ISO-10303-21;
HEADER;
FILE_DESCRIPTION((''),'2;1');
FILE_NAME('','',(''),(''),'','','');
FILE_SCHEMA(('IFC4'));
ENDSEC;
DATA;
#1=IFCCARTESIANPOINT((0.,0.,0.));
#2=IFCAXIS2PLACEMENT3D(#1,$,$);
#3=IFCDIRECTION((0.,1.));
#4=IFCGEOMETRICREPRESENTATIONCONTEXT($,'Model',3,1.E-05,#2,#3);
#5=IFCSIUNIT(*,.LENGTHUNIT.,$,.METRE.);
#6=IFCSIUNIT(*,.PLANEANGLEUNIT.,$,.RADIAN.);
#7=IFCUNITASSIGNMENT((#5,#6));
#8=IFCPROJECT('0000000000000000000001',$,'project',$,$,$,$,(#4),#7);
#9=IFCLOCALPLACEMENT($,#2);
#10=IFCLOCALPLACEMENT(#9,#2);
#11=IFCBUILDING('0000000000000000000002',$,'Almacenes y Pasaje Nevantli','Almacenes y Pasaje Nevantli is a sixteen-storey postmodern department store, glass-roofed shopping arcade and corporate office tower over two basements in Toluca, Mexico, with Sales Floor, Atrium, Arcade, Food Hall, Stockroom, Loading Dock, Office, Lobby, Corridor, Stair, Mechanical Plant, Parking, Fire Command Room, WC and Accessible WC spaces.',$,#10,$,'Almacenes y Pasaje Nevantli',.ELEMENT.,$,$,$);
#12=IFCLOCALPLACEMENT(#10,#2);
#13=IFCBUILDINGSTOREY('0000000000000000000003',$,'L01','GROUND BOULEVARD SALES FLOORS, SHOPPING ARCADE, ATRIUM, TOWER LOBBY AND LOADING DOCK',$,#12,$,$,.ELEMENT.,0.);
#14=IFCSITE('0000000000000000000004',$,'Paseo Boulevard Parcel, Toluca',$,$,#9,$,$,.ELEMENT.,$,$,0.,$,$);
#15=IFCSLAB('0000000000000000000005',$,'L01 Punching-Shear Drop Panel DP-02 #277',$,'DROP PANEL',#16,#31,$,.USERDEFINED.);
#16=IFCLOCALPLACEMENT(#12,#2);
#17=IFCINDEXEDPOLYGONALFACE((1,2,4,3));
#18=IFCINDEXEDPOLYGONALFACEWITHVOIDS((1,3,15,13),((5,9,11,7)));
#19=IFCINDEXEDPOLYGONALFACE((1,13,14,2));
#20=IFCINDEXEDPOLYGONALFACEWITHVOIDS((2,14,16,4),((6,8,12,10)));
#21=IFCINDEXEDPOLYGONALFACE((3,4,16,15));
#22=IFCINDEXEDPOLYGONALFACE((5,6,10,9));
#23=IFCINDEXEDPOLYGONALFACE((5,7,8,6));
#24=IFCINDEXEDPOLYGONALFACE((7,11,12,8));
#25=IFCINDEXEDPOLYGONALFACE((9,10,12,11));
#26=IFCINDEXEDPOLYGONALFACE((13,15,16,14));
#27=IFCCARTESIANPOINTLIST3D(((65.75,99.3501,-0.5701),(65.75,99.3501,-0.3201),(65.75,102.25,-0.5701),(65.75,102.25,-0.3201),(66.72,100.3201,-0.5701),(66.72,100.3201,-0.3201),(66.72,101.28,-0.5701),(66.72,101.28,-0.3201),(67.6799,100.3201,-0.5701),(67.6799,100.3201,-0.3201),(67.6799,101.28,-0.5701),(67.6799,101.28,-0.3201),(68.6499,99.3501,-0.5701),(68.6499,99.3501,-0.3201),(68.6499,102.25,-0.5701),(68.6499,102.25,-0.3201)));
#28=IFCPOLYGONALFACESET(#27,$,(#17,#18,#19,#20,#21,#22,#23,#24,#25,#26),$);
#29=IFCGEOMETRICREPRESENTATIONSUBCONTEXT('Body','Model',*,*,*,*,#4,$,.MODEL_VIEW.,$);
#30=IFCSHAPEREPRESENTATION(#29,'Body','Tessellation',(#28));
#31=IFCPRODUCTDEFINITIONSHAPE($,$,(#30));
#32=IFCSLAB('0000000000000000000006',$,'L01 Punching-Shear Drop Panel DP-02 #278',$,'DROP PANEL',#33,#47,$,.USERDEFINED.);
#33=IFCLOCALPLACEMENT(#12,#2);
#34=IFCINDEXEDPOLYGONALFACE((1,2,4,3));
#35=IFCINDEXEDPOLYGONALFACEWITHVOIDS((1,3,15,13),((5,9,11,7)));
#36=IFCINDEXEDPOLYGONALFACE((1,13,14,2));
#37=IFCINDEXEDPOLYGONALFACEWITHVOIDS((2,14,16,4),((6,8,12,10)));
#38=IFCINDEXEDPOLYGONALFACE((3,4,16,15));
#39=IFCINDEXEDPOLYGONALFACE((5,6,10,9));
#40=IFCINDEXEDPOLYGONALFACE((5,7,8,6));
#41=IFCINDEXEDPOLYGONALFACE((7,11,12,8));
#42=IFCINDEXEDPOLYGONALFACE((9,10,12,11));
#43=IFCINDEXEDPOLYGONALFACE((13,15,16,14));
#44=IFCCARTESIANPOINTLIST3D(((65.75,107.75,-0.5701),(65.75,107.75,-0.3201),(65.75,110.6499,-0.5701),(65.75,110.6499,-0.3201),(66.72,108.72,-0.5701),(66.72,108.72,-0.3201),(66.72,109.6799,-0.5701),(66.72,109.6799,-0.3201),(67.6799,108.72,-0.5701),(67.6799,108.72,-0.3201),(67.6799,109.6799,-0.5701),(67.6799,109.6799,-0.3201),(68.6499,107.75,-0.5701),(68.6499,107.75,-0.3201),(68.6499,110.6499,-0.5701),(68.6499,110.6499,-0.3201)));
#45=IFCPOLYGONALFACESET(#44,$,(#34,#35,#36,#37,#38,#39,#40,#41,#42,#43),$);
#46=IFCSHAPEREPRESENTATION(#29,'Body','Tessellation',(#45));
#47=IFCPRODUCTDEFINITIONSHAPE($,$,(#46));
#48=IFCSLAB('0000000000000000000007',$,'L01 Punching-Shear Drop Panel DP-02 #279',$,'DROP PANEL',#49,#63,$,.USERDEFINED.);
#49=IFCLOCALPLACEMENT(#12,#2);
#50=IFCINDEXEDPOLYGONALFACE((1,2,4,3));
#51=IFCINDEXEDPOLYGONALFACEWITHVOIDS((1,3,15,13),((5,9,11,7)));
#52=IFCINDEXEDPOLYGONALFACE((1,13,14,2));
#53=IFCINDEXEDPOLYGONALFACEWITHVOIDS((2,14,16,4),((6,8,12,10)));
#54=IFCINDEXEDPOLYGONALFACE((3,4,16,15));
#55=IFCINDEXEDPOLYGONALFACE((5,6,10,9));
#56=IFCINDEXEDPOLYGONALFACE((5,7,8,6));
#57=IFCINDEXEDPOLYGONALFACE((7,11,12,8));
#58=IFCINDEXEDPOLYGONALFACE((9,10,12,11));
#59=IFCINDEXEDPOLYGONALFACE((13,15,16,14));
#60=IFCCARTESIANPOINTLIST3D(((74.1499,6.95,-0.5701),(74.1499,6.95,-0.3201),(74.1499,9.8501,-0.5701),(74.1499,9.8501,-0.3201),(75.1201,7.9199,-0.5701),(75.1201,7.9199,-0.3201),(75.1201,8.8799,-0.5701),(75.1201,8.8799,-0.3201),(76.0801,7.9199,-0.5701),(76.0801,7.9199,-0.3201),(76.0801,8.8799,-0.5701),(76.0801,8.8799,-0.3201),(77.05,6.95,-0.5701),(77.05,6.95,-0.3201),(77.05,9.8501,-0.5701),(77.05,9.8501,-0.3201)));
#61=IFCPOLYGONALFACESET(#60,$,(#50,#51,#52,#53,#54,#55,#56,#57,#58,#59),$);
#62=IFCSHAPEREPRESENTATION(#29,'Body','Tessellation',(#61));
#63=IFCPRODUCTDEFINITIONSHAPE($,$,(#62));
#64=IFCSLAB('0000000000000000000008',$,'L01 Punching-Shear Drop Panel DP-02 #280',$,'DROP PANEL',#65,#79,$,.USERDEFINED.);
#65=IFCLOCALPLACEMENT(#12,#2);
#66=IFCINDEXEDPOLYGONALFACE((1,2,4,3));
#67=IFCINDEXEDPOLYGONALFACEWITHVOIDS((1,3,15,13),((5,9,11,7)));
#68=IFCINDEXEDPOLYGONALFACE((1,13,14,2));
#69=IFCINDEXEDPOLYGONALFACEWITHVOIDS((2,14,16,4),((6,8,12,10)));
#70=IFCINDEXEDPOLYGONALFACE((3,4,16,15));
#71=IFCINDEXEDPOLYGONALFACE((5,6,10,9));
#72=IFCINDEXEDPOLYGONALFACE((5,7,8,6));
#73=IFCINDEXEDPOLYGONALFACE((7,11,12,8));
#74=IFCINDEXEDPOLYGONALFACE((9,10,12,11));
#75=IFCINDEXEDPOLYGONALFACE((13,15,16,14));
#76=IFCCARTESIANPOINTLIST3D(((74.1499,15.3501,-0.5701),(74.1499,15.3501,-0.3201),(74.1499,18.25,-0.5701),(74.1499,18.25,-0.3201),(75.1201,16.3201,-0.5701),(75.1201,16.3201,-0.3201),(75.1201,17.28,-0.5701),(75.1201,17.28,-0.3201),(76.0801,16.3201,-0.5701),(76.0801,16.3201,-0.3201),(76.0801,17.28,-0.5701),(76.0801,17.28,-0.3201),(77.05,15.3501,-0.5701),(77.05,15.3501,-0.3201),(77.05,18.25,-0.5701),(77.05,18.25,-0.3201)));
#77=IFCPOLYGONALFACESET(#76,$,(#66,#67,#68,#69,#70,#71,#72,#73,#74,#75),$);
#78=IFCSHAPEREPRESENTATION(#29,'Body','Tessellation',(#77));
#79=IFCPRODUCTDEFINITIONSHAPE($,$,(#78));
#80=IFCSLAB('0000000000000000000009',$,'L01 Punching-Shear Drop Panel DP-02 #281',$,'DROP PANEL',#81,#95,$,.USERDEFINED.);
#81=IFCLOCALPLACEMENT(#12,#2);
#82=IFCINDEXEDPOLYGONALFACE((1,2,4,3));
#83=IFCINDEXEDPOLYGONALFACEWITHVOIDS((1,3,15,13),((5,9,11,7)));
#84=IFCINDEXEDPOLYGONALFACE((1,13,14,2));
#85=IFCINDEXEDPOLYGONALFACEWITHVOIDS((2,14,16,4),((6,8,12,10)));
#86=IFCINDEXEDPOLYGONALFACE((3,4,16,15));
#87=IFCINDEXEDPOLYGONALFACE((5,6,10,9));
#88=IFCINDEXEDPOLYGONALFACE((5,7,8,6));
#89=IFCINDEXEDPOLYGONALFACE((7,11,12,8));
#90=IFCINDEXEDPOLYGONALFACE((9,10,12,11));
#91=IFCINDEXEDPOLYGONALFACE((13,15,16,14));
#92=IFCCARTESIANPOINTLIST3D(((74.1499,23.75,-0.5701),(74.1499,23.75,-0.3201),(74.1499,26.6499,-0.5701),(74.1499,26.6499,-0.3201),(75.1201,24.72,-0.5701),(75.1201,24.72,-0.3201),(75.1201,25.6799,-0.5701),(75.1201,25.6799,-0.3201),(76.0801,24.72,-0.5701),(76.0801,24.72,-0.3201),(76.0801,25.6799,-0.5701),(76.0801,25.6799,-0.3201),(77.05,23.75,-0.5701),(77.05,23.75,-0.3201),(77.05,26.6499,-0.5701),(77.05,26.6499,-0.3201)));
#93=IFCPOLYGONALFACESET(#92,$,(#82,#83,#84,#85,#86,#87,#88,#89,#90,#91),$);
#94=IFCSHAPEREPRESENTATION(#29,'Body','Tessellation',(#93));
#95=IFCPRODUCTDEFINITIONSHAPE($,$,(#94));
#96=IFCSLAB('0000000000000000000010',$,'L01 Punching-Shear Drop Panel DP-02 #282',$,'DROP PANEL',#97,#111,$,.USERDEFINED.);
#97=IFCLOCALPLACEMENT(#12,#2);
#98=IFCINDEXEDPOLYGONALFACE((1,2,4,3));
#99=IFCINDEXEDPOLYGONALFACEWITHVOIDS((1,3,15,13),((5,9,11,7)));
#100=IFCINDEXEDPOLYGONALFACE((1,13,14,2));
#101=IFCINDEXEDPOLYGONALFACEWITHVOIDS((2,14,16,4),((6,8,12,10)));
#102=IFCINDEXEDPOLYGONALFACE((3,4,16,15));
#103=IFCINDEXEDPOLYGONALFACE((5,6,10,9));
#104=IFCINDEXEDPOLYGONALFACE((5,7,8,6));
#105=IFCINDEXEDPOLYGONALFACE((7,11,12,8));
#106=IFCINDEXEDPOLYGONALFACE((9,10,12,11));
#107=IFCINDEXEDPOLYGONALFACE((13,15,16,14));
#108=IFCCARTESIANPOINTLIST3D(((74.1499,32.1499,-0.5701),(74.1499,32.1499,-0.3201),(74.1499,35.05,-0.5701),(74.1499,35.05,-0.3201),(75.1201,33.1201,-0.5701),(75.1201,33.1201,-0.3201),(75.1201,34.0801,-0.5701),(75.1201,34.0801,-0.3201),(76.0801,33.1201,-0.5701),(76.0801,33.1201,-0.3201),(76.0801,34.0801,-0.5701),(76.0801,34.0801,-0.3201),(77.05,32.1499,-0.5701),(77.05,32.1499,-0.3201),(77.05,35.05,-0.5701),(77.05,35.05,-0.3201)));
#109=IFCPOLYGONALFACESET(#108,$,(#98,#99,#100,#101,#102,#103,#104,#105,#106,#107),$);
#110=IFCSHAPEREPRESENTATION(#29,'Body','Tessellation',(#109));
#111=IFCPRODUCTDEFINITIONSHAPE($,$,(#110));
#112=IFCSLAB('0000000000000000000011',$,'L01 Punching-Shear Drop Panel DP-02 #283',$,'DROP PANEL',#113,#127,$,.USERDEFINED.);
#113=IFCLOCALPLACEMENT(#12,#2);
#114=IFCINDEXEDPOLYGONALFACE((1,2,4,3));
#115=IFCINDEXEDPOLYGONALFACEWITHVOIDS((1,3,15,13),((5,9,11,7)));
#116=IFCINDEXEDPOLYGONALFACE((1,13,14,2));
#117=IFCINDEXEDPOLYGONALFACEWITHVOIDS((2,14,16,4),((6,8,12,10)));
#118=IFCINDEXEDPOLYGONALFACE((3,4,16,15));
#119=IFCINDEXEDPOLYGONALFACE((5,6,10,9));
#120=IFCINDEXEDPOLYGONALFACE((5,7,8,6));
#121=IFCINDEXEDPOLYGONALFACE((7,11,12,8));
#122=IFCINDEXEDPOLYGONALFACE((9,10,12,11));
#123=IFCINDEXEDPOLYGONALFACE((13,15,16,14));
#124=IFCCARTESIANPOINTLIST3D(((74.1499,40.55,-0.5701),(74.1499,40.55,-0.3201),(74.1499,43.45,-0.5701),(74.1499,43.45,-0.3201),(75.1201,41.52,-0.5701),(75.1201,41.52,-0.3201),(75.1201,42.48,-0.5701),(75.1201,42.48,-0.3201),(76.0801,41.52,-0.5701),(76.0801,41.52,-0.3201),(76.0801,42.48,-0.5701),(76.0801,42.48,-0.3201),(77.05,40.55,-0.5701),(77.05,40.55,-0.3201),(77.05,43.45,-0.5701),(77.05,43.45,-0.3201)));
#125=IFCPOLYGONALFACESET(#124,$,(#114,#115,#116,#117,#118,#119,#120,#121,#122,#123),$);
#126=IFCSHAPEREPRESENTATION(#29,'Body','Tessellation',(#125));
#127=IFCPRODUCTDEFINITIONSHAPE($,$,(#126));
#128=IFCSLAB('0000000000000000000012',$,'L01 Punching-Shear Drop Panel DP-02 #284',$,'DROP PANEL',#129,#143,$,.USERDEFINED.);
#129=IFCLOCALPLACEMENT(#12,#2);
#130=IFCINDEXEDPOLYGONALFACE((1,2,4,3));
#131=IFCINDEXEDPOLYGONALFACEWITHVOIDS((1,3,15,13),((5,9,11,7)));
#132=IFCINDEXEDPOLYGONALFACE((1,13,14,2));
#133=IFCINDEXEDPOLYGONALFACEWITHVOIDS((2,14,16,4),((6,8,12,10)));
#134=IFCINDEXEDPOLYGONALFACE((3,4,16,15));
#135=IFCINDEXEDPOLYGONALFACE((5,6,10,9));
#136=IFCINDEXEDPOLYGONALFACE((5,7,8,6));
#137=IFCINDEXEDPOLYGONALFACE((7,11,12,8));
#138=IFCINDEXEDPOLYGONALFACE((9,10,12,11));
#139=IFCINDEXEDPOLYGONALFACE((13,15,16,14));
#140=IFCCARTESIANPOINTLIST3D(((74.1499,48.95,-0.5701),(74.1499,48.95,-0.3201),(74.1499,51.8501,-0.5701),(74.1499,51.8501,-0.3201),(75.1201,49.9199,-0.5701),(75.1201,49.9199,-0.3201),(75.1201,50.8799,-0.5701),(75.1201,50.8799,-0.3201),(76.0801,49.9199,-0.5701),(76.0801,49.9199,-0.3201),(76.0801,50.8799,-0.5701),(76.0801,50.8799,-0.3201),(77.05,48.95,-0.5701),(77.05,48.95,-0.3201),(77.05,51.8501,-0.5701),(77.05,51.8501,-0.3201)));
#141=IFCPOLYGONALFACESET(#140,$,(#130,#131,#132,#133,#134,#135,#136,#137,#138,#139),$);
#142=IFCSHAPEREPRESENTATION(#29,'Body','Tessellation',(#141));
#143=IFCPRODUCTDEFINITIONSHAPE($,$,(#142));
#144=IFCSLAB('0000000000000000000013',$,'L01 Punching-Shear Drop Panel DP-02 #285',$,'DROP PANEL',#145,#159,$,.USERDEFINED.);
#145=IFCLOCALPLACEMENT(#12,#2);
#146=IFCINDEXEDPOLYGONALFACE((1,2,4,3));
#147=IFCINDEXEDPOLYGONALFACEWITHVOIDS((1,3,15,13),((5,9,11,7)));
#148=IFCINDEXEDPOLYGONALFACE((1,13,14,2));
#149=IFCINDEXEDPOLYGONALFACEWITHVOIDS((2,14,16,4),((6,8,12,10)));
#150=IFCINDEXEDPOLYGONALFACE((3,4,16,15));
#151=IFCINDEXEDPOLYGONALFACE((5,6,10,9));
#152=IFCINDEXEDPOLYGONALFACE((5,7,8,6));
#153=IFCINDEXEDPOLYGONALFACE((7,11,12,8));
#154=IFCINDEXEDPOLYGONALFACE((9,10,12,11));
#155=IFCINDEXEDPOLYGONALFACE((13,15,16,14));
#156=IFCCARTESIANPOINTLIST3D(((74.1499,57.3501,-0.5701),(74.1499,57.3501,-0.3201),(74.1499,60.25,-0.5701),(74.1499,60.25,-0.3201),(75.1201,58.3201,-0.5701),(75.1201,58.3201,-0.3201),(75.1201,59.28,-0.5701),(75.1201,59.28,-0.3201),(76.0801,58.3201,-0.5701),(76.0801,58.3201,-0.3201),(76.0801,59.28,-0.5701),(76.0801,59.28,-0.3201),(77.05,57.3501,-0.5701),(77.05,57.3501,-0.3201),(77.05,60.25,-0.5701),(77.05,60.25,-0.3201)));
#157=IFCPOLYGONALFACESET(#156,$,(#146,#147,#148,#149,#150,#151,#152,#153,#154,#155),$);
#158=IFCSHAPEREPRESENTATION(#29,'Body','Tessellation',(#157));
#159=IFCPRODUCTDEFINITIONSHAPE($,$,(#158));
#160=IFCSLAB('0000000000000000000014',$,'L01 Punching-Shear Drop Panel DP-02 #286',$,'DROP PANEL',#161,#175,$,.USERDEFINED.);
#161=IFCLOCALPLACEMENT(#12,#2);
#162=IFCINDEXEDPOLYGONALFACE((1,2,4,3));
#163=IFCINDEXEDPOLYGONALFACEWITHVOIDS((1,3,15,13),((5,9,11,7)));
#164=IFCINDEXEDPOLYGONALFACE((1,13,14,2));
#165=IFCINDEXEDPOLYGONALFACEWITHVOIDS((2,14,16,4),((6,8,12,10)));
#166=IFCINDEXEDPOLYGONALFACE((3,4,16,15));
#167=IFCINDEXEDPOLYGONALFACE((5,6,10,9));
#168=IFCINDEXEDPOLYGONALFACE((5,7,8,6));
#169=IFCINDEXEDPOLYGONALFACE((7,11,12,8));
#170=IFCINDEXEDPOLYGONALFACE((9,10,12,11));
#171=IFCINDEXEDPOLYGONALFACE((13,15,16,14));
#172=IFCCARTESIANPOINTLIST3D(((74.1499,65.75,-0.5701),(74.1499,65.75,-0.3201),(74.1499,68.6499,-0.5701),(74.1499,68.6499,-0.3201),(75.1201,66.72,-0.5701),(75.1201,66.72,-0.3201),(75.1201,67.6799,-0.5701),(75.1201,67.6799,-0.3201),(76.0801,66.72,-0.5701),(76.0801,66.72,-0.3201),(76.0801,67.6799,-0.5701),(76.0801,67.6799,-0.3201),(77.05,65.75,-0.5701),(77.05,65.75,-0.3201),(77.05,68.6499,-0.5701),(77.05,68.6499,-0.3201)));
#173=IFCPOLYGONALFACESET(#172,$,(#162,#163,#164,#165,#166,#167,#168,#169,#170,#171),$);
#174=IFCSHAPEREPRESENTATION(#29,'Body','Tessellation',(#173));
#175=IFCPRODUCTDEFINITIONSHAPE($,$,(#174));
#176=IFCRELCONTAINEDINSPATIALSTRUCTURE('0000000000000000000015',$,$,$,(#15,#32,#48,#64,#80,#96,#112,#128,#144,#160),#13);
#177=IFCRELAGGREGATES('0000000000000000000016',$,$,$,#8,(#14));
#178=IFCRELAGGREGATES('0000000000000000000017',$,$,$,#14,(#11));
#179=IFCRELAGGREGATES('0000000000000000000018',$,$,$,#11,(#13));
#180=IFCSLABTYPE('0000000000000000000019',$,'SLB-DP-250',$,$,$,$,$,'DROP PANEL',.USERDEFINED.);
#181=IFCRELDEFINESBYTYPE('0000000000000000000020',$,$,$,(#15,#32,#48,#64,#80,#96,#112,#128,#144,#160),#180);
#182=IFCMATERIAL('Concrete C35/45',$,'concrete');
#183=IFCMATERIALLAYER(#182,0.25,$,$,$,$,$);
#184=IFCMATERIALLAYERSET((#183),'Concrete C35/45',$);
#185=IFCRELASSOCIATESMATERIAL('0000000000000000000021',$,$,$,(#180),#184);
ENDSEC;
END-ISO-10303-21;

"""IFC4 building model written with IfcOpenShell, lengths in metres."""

from ifc_helpers import new_model, si_unit, direction, frame, origin, place, context, subcontext, project, spatial, polyline, outline, extrude, material, layer, layer_set, type_object, element, save


model = new_model("IFC4")

# Units and contexts
model_context = context("Model", 3, precision=1e-05, world=origin(), true_north=direction((0.0, 1.0)))
body_context = subcontext(model_context, "Body", "Model", "MODEL_VIEW")
ifc_project = project(units=[si_unit("LENGTHUNIT", "METRE"), si_unit("PLANEANGLEUNIT", "RADIAN")], contexts=[model_context])

# Site, building, storey
site_placement = place(None, origin())
site = spatial("IfcSite", under=ifc_project, at=site_placement, Name="Paseo Boulevard Parcel, Toluca", CompositionType="ELEMENT", RefElevation=0.0)
building_placement = place(site_placement, origin())
building = spatial("IfcBuilding", under=site, at=building_placement, Name="Almacenes y Pasaje Nevantli", Description="Almacenes y Pasaje Nevantli is a sixteen-storey postmodern department store, glass-roofed shopping arcade and corporate office tower over two basements in Toluca, Mexico, with Sales Floor, Atrium, Arcade, Food Hall, Stockroom, Loading Dock, Office, Lobby, Corridor, Stair, Mechanical Plant, Parking, Fire Command Room, WC and Accessible WC spaces.", LongName="Almacenes y Pasaje Nevantli", CompositionType="ELEMENT")
storey_placement = place(building_placement, origin())
storey = spatial("IfcBuildingStorey", under=building, at=storey_placement, Name="L01", Description="GROUND BOULEVARD SALES FLOORS, SHOPPING ARCADE, ATRIUM, TOWER LOBBY AND LOADING DOCK", CompositionType="ELEMENT", Elevation=0.0)

# Slabs
ifc_material = material(Name="Concrete C35/45", Category="concrete")
ifc_layer = layer(ifc_material, 0.25)
ifc_layer_set = layer_set([ifc_layer], Name="Concrete C35/45")
slab_type = type_object("IfcSlabType", Name="SLB-DP-250", ElementType="DROP PANEL", PredefinedType="USERDEFINED", material=ifc_layer_set)
slab_1_placement = place(storey_placement, frame((0.0, 0.0, -0.5701)))
element("IfcSlab", 1, at=slab_1_placement, inside=storey, type_object=slab_type, Name="L01 Punching-Shear Drop Panel DP-02 #277", ObjectType="DROP PANEL", PredefinedType="USERDEFINED", context=body_context, shape_type="SweptSolid", body=[
    extrude(outline(polyline([(65.75, 99.3501), (68.6499, 99.3501), (68.6499, 102.25), (65.75, 102.25), (65.75, 99.3501)]), holes=[polyline([(66.72, 100.3201), (67.6799, 100.3201), (67.6799, 101.28), (66.72, 101.28), (66.72, 100.3201)])]), origin(), (0.0, 0.0, 1.0), 0.25),
])
slab_2_placement = place(storey_placement, frame((0.0, 0.0, -0.5701)))
element("IfcSlab", 2, at=slab_2_placement, inside=storey, type_object=slab_type, Name="L01 Punching-Shear Drop Panel DP-02 #278", ObjectType="DROP PANEL", PredefinedType="USERDEFINED", context=body_context, shape_type="SweptSolid", body=[
    extrude(outline(polyline([(65.75, 107.75), (68.6499, 107.75), (68.6499, 110.6499), (65.75, 110.6499), (65.75, 107.75)]), holes=[polyline([(66.72, 108.72), (67.6799, 108.72), (67.6799, 109.6799), (66.72, 109.6799), (66.72, 108.72)])]), origin(), (0.0, 0.0, 1.0), 0.25),
])
slab_3_placement = place(storey_placement, frame((0.0, 0.0, -0.5701)))
element("IfcSlab", 3, at=slab_3_placement, inside=storey, type_object=slab_type, Name="L01 Punching-Shear Drop Panel DP-02 #279", ObjectType="DROP PANEL", PredefinedType="USERDEFINED", context=body_context, shape_type="SweptSolid", body=[
    extrude(outline(polyline([(74.1499, 6.95), (77.05, 6.95), (77.05, 9.8501), (74.1499, 9.8501), (74.1499, 6.95)]), holes=[polyline([(75.1201, 7.9199), (76.0801, 7.9199), (76.0801, 8.8799), (75.1201, 8.8799), (75.1201, 7.9199)])]), origin(), (0.0, 0.0, 1.0), 0.25),
])
slab_4_placement = place(storey_placement, frame((0.0, 0.0, -0.5701)))
element("IfcSlab", 4, at=slab_4_placement, inside=storey, type_object=slab_type, Name="L01 Punching-Shear Drop Panel DP-02 #280", ObjectType="DROP PANEL", PredefinedType="USERDEFINED", context=body_context, shape_type="SweptSolid", body=[
    extrude(outline(polyline([(74.1499, 15.3501), (77.05, 15.3501), (77.05, 18.25), (74.1499, 18.25), (74.1499, 15.3501)]), holes=[polyline([(75.1201, 16.3201), (76.0801, 16.3201), (76.0801, 17.28), (75.1201, 17.28), (75.1201, 16.3201)])]), origin(), (0.0, 0.0, 1.0), 0.25),
])
slab_5_placement = place(storey_placement, frame((0.0, 0.0, -0.5701)))
element("IfcSlab", 5, at=slab_5_placement, inside=storey, type_object=slab_type, Name="L01 Punching-Shear Drop Panel DP-02 #281", ObjectType="DROP PANEL", PredefinedType="USERDEFINED", context=body_context, shape_type="SweptSolid", body=[
    extrude(outline(polyline([(74.1499, 23.75), (77.05, 23.75), (77.05, 26.6499), (74.1499, 26.6499), (74.1499, 23.75)]), holes=[polyline([(75.1201, 24.72), (76.0801, 24.72), (76.0801, 25.6799), (75.1201, 25.6799), (75.1201, 24.72)])]), origin(), (0.0, 0.0, 1.0), 0.25),
])
slab_6_placement = place(storey_placement, frame((0.0, 0.0, -0.5701)))
element("IfcSlab", 6, at=slab_6_placement, inside=storey, type_object=slab_type, Name="L01 Punching-Shear Drop Panel DP-02 #282", ObjectType="DROP PANEL", PredefinedType="USERDEFINED", context=body_context, shape_type="SweptSolid", body=[
    extrude(outline(polyline([(74.1499, 32.1499), (77.05, 32.1499), (77.05, 35.05), (74.1499, 35.05), (74.1499, 32.1499)]), holes=[polyline([(75.1201, 33.1201), (76.0801, 33.1201), (76.0801, 34.0801), (75.1201, 34.0801), (75.1201, 33.1201)])]), origin(), (0.0, 0.0, 1.0), 0.25),
])
slab_7_placement = place(storey_placement, frame((0.0, 0.0, -0.5701)))
element("IfcSlab", 7, at=slab_7_placement, inside=storey, type_object=slab_type, Name="L01 Punching-Shear Drop Panel DP-02 #283", ObjectType="DROP PANEL", PredefinedType="USERDEFINED", context=body_context, shape_type="SweptSolid", body=[
    extrude(outline(polyline([(74.1499, 40.55), (77.05, 40.55), (77.05, 43.45), (74.1499, 43.45), (74.1499, 40.55)]), holes=[polyline([(75.1201, 41.52), (76.0801, 41.52), (76.0801, 42.48), (75.1201, 42.48), (75.1201, 41.52)])]), origin(), (0.0, 0.0, 1.0), 0.25),
])
slab_8_placement = place(storey_placement, frame((0.0, 0.0, -0.5701)))
element("IfcSlab", 8, at=slab_8_placement, inside=storey, type_object=slab_type, Name="L01 Punching-Shear Drop Panel DP-02 #284", ObjectType="DROP PANEL", PredefinedType="USERDEFINED", context=body_context, shape_type="SweptSolid", body=[
    extrude(outline(polyline([(74.1499, 48.95), (77.05, 48.95), (77.05, 51.8501), (74.1499, 51.8501), (74.1499, 48.95)]), holes=[polyline([(75.1201, 49.9199), (76.0801, 49.9199), (76.0801, 50.8799), (75.1201, 50.8799), (75.1201, 49.9199)])]), origin(), (0.0, 0.0, 1.0), 0.25),
])
slab_9_placement = place(storey_placement, frame((0.0, 0.0, -0.5701)))
element("IfcSlab", 9, at=slab_9_placement, inside=storey, type_object=slab_type, Name="L01 Punching-Shear Drop Panel DP-02 #285", ObjectType="DROP PANEL", PredefinedType="USERDEFINED", context=body_context, shape_type="SweptSolid", body=[
    extrude(outline(polyline([(74.1499, 57.3501), (77.05, 57.3501), (77.05, 60.25), (74.1499, 60.25), (74.1499, 57.3501)]), holes=[polyline([(75.1201, 58.3201), (76.0801, 58.3201), (76.0801, 59.28), (75.1201, 59.28), (75.1201, 58.3201)])]), origin(), (0.0, 0.0, 1.0), 0.25),
])
slab_10_placement = place(storey_placement, frame((0.0, 0.0, -0.5701)))
element("IfcSlab", 10, at=slab_10_placement, inside=storey, type_object=slab_type, Name="L01 Punching-Shear Drop Panel DP-02 #286", ObjectType="DROP PANEL", PredefinedType="USERDEFINED", context=body_context, shape_type="SweptSolid", body=[
    extrude(outline(polyline([(74.1499, 65.75), (77.05, 65.75), (77.05, 68.6499), (74.1499, 68.6499), (74.1499, 65.75)]), holes=[polyline([(75.1201, 66.72), (76.0801, 66.72), (76.0801, 67.6799), (75.1201, 67.6799), (75.1201, 66.72)])]), origin(), (0.0, 0.0, 1.0), 0.25),
])

save(model, "model.ifc")
